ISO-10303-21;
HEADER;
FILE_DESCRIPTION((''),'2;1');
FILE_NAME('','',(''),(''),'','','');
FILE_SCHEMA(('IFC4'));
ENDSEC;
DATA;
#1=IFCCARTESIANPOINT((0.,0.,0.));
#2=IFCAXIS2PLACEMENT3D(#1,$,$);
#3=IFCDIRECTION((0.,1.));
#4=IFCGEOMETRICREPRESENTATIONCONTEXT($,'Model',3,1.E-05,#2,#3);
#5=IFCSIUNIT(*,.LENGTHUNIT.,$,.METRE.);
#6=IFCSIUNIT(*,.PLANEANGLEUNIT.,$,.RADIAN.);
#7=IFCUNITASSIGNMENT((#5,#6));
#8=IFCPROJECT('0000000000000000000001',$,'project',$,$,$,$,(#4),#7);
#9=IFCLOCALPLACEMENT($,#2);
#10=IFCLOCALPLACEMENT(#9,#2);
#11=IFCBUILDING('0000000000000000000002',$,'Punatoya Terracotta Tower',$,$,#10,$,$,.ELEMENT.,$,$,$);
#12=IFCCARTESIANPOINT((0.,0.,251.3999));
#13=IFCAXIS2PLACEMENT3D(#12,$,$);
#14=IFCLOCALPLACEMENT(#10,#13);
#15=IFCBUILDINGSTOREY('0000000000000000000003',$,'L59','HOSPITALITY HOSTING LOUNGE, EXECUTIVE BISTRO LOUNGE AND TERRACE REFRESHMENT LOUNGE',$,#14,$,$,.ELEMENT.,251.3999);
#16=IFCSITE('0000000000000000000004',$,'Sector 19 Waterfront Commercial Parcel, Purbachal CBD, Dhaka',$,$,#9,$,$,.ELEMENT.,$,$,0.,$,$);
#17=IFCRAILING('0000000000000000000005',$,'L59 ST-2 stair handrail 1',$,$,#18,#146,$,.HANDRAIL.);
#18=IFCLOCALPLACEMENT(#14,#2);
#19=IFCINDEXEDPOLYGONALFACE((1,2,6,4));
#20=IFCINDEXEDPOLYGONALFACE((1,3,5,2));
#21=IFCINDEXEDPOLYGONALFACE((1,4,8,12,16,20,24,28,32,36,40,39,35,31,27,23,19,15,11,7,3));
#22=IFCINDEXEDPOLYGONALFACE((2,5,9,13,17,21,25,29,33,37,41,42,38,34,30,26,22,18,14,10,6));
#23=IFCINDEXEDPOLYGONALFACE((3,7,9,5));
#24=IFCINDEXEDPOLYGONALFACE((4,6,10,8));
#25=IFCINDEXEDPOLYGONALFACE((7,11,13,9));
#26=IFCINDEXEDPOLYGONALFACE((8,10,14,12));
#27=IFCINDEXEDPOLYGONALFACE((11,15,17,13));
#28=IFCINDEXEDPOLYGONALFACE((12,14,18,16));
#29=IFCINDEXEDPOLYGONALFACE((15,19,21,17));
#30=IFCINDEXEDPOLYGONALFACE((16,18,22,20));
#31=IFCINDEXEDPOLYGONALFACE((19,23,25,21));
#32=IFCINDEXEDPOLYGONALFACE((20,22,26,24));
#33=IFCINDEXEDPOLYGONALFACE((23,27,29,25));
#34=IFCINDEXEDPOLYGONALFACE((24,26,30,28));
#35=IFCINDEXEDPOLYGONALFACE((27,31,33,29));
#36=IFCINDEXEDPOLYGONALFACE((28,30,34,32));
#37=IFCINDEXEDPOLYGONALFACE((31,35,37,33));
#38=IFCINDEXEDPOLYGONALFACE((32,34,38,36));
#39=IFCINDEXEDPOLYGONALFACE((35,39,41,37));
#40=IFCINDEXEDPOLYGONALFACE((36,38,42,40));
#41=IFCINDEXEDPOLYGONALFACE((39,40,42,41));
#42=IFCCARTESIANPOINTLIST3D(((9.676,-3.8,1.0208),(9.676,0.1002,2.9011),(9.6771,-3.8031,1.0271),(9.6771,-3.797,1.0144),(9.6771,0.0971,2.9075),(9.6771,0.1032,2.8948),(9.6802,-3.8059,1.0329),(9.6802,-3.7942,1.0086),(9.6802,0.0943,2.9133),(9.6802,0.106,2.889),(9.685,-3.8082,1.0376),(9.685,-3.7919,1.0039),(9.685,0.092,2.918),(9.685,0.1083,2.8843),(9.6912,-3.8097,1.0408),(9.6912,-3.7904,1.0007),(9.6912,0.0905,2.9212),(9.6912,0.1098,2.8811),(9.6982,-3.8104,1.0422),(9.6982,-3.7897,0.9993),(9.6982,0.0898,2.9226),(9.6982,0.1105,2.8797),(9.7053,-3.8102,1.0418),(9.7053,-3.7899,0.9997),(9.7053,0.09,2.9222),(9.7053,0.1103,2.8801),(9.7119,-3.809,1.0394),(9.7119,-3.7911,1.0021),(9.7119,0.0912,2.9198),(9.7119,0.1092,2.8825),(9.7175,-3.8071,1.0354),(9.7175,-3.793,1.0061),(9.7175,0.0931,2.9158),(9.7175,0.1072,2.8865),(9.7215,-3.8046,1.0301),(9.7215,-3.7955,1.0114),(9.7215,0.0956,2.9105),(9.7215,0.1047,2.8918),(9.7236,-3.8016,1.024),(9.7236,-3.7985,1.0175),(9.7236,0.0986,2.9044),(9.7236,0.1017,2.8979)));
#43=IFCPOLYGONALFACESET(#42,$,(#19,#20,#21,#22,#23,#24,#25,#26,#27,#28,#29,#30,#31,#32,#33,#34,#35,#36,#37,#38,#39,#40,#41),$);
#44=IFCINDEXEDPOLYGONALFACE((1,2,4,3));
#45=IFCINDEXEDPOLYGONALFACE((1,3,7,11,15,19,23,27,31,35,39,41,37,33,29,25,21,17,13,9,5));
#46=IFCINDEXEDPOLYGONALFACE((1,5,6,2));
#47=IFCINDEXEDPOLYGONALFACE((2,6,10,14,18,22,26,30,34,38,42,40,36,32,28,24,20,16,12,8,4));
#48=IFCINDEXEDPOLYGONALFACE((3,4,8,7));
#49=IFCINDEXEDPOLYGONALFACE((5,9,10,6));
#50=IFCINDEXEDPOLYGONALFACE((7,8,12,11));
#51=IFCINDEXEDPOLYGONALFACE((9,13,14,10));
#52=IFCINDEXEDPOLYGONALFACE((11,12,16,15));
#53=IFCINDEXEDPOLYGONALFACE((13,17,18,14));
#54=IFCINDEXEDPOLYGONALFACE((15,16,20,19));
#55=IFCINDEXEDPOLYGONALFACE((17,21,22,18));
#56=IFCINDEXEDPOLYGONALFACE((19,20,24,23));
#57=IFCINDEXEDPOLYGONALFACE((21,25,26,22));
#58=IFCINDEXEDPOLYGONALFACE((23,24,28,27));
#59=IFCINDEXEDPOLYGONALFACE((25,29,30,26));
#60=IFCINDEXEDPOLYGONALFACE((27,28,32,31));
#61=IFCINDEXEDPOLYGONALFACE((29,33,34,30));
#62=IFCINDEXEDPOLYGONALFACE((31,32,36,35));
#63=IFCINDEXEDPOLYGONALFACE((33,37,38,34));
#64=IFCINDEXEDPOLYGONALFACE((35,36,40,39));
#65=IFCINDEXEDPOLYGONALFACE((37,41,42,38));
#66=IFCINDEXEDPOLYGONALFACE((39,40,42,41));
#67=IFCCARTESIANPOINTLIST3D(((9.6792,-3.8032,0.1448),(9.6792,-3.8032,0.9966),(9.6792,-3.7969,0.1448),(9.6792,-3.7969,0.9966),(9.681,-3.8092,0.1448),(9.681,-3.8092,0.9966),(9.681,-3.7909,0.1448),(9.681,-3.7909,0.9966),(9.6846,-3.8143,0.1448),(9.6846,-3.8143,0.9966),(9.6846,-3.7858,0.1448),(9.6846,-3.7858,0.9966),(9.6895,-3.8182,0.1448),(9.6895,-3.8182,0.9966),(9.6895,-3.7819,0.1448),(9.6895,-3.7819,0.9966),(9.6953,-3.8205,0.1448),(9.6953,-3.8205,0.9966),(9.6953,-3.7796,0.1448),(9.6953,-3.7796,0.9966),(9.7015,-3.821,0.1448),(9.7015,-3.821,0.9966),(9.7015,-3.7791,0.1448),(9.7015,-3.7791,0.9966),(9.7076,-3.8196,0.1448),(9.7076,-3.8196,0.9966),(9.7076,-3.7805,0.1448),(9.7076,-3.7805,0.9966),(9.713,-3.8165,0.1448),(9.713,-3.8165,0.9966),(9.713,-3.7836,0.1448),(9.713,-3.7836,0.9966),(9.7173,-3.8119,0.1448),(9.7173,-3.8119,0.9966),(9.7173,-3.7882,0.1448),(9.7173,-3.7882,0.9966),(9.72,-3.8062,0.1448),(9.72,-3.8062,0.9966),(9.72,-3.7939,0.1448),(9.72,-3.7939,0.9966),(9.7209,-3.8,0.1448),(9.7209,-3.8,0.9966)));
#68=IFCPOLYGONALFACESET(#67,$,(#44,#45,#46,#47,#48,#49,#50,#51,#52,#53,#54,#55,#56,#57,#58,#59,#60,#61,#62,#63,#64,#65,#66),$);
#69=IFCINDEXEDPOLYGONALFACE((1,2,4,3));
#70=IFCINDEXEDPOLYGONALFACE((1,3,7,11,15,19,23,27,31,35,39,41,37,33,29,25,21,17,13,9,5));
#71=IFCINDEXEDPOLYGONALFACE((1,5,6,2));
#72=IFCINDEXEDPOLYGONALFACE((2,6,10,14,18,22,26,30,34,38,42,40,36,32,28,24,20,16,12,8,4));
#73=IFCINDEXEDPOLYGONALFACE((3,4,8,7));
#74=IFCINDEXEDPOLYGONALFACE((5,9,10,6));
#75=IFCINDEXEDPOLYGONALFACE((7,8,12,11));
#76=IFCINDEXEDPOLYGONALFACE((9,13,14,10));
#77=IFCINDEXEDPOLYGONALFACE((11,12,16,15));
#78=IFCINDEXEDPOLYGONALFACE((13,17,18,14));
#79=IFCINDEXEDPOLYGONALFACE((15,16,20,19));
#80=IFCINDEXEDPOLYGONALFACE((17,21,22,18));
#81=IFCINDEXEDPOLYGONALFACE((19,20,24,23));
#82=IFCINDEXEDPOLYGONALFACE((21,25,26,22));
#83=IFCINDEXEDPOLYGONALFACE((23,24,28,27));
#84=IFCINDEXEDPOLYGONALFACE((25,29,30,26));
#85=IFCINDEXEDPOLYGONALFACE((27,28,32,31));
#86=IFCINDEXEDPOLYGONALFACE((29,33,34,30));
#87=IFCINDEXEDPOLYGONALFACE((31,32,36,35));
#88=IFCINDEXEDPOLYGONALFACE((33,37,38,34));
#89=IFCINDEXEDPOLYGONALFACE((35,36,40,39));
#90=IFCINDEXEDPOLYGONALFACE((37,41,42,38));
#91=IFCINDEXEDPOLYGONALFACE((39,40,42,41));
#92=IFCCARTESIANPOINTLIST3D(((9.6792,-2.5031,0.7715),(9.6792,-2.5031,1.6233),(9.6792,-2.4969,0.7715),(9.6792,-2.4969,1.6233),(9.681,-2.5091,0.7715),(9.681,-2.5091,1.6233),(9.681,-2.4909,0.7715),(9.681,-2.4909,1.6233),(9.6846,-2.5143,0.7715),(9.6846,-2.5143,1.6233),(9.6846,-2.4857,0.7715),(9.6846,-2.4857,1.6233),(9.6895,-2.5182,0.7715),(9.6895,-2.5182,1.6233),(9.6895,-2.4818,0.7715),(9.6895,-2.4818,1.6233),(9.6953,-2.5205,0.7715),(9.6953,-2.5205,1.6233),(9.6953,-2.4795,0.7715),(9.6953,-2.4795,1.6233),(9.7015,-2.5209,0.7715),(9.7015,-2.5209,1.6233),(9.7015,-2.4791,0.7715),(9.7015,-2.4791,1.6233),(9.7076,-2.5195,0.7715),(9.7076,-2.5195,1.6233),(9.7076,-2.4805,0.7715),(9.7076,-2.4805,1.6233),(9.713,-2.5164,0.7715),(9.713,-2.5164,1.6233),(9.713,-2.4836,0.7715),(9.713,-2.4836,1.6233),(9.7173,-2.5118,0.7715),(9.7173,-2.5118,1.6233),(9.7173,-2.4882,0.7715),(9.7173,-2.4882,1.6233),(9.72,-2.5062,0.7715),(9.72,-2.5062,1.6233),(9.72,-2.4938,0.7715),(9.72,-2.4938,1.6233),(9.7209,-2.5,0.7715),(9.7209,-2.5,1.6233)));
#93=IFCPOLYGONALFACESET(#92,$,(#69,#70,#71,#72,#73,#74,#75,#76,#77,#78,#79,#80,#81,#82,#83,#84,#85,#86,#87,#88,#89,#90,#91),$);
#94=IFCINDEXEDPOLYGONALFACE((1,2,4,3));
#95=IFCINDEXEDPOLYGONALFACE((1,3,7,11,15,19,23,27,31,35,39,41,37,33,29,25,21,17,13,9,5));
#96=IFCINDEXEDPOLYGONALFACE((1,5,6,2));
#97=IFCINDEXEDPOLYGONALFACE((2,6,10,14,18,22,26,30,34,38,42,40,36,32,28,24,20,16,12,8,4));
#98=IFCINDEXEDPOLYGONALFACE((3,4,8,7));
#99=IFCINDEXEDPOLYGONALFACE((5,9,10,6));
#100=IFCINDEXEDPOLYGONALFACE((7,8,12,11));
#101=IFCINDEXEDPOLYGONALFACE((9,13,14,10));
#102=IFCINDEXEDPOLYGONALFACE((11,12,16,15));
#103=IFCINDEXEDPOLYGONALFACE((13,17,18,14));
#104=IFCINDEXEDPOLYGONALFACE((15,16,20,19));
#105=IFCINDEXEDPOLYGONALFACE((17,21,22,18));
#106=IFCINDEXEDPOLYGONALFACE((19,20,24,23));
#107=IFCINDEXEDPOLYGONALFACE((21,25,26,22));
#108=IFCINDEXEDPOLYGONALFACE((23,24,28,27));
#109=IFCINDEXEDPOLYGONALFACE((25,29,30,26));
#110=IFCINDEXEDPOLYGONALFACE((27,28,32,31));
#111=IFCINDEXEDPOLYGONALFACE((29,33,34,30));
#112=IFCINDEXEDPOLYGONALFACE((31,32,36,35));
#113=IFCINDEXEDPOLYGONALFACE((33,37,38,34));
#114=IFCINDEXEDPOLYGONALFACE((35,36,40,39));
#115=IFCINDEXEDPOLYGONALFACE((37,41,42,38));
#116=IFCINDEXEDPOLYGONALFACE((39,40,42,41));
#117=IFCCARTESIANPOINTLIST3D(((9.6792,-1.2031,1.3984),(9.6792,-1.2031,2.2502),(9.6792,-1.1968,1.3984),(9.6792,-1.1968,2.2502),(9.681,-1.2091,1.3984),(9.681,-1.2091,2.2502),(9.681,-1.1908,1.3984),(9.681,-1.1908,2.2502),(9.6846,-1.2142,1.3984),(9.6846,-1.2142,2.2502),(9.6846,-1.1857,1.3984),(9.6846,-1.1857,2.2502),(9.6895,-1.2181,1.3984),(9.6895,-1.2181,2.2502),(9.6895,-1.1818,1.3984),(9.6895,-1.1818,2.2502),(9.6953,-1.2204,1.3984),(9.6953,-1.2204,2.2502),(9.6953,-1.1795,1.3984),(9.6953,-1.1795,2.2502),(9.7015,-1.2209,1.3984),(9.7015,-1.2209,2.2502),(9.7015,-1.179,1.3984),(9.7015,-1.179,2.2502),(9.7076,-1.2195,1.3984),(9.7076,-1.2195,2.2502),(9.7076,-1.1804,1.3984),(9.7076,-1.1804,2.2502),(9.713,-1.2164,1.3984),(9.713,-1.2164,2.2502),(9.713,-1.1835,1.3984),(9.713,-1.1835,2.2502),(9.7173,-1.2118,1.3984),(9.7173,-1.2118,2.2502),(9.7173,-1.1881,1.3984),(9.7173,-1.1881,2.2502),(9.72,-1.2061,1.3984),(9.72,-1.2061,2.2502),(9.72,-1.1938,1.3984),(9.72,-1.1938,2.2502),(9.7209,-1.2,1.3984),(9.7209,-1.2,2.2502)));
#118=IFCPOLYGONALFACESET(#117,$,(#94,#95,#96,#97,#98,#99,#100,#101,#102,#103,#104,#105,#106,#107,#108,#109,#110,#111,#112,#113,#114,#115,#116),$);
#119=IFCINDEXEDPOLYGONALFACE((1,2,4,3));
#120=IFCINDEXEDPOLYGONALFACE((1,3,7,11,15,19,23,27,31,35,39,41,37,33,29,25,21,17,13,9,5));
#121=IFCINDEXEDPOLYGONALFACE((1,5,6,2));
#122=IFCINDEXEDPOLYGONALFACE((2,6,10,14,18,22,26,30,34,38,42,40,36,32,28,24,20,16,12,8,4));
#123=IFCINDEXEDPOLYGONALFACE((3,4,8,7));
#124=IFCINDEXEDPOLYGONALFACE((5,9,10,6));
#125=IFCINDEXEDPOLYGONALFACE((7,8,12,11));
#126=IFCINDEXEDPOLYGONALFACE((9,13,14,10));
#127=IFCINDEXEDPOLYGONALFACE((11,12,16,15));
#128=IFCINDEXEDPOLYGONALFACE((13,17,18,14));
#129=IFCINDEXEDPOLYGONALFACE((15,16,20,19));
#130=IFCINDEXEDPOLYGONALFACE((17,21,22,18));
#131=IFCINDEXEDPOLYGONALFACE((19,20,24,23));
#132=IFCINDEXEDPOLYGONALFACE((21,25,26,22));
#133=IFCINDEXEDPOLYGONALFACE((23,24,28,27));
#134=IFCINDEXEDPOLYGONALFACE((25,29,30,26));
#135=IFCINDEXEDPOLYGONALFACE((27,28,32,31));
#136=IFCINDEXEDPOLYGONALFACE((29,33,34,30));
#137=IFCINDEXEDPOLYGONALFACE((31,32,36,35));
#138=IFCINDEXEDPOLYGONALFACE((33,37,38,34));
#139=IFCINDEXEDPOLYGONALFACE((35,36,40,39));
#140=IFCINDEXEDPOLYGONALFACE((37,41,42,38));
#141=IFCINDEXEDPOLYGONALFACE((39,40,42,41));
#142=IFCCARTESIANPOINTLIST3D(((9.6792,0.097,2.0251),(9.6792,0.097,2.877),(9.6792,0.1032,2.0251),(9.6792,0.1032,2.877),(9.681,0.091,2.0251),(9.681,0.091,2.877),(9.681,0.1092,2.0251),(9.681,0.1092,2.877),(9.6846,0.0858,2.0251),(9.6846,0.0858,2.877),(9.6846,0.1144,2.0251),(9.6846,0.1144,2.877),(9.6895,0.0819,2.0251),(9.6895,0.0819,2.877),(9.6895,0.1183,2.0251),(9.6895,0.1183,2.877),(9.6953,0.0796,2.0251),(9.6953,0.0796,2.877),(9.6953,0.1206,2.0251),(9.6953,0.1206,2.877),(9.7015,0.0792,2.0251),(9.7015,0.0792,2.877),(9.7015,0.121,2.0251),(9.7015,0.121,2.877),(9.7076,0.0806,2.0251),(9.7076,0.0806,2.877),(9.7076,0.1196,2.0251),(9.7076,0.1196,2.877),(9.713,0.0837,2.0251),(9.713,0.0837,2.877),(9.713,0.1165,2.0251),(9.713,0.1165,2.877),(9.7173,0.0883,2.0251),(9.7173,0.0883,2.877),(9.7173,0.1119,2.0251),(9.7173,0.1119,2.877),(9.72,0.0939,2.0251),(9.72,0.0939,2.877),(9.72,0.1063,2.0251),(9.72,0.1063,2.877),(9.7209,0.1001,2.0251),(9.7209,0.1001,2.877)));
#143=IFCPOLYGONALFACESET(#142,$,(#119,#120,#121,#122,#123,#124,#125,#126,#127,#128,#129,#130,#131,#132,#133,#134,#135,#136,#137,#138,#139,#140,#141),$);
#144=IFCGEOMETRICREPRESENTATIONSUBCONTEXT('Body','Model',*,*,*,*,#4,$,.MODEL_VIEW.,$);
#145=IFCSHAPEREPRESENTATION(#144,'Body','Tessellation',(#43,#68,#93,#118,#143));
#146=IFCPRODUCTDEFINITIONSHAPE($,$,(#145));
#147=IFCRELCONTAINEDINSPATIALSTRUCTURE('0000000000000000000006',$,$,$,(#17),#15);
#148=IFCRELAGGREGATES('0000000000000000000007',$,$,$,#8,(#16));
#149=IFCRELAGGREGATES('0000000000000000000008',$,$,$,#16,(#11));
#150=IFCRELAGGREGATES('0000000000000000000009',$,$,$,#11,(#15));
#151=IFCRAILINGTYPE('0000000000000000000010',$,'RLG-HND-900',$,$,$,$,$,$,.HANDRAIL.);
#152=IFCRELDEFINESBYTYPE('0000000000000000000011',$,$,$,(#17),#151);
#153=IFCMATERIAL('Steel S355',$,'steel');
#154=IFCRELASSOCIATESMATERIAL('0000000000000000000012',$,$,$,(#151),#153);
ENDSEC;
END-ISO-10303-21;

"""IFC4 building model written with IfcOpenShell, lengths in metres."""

from ifc_helpers import new_model, si_unit, direction, frame, origin, origin_2d, place, context, subcontext, project, spatial, circle, extrude, material, type_object, element, save


model = new_model("IFC4")

# Units and contexts
model_context = context("Model", 3, precision=1e-05, world=origin(), true_north=direction((0.0, 1.0)))
body_context = subcontext(model_context, "Body", "Model", "MODEL_VIEW")
ifc_project = project(units=[si_unit("LENGTHUNIT", "METRE"), si_unit("PLANEANGLEUNIT", "RADIAN")], contexts=[model_context])

# Site, building, storey
site_placement = place(None, origin())
site = spatial("IfcSite", under=ifc_project, at=site_placement, Name="Sector 19 Waterfront Commercial Parcel, Purbachal CBD, Dhaka", CompositionType="ELEMENT", RefElevation=0.0)
building_placement = place(site_placement, origin())
building = spatial("IfcBuilding", under=site, at=building_placement, Name="Punatoya Terracotta Tower", CompositionType="ELEMENT")
storey_placement = place(building_placement, frame((0.0, 0.0, 251.3999)))
storey = spatial("IfcBuildingStorey", under=building, at=storey_placement, Name="L59", Description="HOSPITALITY HOSTING LOUNGE, EXECUTIVE BISTRO LOUNGE AND TERRACE REFRESHMENT LOUNGE", CompositionType="ELEMENT", Elevation=251.3999)

# Railing
ifc_material_1 = material(Name="Steel S355", Category="steel")
railing_type_1 = type_object("IfcRailingType", Name="RLG-HND-900", PredefinedType="HANDRAIL", material=ifc_material_1)
railing_1_placement = place(storey_placement, frame((9.7, -3.8, 0.1448)))
element("IfcRailing", 1, at=railing_1_placement, inside=storey, type_object=railing_type_1, Name="L59 ST-2 stair handrail 1", PredefinedType="HANDRAIL", context=body_context, shape_type="SweptSolid", body=[
    extrude(circle(Radius=0.0239, at=origin_2d()), frame((0.0, 0.0, 0.876), z_axis=(0.0, 0.900774, 0.434289), x_axis=(-1.0, 0.0, 0.0)), (0.0, 0.0, 1.0), 4.3298),
    extrude(circle(Radius=0.021, at=origin_2d()), origin(), (0.0, 0.0, 1.0), 0.8518),
    extrude(circle(Radius=0.021, at=origin_2d()), frame((0.0, 1.3, 0.6267)), (0.0, 0.0, 1.0), 0.8518),
    extrude(circle(Radius=0.021, at=origin_2d()), frame((0.0, 2.6001, 1.2537)), (0.0, 0.0, 1.0), 0.8518),
    extrude(circle(Radius=0.021, at=origin_2d()), frame((0.0, 3.9001, 1.8804)), (0.0, 0.0, 1.0), 0.8518),
])

save(model, "model.ifc")
